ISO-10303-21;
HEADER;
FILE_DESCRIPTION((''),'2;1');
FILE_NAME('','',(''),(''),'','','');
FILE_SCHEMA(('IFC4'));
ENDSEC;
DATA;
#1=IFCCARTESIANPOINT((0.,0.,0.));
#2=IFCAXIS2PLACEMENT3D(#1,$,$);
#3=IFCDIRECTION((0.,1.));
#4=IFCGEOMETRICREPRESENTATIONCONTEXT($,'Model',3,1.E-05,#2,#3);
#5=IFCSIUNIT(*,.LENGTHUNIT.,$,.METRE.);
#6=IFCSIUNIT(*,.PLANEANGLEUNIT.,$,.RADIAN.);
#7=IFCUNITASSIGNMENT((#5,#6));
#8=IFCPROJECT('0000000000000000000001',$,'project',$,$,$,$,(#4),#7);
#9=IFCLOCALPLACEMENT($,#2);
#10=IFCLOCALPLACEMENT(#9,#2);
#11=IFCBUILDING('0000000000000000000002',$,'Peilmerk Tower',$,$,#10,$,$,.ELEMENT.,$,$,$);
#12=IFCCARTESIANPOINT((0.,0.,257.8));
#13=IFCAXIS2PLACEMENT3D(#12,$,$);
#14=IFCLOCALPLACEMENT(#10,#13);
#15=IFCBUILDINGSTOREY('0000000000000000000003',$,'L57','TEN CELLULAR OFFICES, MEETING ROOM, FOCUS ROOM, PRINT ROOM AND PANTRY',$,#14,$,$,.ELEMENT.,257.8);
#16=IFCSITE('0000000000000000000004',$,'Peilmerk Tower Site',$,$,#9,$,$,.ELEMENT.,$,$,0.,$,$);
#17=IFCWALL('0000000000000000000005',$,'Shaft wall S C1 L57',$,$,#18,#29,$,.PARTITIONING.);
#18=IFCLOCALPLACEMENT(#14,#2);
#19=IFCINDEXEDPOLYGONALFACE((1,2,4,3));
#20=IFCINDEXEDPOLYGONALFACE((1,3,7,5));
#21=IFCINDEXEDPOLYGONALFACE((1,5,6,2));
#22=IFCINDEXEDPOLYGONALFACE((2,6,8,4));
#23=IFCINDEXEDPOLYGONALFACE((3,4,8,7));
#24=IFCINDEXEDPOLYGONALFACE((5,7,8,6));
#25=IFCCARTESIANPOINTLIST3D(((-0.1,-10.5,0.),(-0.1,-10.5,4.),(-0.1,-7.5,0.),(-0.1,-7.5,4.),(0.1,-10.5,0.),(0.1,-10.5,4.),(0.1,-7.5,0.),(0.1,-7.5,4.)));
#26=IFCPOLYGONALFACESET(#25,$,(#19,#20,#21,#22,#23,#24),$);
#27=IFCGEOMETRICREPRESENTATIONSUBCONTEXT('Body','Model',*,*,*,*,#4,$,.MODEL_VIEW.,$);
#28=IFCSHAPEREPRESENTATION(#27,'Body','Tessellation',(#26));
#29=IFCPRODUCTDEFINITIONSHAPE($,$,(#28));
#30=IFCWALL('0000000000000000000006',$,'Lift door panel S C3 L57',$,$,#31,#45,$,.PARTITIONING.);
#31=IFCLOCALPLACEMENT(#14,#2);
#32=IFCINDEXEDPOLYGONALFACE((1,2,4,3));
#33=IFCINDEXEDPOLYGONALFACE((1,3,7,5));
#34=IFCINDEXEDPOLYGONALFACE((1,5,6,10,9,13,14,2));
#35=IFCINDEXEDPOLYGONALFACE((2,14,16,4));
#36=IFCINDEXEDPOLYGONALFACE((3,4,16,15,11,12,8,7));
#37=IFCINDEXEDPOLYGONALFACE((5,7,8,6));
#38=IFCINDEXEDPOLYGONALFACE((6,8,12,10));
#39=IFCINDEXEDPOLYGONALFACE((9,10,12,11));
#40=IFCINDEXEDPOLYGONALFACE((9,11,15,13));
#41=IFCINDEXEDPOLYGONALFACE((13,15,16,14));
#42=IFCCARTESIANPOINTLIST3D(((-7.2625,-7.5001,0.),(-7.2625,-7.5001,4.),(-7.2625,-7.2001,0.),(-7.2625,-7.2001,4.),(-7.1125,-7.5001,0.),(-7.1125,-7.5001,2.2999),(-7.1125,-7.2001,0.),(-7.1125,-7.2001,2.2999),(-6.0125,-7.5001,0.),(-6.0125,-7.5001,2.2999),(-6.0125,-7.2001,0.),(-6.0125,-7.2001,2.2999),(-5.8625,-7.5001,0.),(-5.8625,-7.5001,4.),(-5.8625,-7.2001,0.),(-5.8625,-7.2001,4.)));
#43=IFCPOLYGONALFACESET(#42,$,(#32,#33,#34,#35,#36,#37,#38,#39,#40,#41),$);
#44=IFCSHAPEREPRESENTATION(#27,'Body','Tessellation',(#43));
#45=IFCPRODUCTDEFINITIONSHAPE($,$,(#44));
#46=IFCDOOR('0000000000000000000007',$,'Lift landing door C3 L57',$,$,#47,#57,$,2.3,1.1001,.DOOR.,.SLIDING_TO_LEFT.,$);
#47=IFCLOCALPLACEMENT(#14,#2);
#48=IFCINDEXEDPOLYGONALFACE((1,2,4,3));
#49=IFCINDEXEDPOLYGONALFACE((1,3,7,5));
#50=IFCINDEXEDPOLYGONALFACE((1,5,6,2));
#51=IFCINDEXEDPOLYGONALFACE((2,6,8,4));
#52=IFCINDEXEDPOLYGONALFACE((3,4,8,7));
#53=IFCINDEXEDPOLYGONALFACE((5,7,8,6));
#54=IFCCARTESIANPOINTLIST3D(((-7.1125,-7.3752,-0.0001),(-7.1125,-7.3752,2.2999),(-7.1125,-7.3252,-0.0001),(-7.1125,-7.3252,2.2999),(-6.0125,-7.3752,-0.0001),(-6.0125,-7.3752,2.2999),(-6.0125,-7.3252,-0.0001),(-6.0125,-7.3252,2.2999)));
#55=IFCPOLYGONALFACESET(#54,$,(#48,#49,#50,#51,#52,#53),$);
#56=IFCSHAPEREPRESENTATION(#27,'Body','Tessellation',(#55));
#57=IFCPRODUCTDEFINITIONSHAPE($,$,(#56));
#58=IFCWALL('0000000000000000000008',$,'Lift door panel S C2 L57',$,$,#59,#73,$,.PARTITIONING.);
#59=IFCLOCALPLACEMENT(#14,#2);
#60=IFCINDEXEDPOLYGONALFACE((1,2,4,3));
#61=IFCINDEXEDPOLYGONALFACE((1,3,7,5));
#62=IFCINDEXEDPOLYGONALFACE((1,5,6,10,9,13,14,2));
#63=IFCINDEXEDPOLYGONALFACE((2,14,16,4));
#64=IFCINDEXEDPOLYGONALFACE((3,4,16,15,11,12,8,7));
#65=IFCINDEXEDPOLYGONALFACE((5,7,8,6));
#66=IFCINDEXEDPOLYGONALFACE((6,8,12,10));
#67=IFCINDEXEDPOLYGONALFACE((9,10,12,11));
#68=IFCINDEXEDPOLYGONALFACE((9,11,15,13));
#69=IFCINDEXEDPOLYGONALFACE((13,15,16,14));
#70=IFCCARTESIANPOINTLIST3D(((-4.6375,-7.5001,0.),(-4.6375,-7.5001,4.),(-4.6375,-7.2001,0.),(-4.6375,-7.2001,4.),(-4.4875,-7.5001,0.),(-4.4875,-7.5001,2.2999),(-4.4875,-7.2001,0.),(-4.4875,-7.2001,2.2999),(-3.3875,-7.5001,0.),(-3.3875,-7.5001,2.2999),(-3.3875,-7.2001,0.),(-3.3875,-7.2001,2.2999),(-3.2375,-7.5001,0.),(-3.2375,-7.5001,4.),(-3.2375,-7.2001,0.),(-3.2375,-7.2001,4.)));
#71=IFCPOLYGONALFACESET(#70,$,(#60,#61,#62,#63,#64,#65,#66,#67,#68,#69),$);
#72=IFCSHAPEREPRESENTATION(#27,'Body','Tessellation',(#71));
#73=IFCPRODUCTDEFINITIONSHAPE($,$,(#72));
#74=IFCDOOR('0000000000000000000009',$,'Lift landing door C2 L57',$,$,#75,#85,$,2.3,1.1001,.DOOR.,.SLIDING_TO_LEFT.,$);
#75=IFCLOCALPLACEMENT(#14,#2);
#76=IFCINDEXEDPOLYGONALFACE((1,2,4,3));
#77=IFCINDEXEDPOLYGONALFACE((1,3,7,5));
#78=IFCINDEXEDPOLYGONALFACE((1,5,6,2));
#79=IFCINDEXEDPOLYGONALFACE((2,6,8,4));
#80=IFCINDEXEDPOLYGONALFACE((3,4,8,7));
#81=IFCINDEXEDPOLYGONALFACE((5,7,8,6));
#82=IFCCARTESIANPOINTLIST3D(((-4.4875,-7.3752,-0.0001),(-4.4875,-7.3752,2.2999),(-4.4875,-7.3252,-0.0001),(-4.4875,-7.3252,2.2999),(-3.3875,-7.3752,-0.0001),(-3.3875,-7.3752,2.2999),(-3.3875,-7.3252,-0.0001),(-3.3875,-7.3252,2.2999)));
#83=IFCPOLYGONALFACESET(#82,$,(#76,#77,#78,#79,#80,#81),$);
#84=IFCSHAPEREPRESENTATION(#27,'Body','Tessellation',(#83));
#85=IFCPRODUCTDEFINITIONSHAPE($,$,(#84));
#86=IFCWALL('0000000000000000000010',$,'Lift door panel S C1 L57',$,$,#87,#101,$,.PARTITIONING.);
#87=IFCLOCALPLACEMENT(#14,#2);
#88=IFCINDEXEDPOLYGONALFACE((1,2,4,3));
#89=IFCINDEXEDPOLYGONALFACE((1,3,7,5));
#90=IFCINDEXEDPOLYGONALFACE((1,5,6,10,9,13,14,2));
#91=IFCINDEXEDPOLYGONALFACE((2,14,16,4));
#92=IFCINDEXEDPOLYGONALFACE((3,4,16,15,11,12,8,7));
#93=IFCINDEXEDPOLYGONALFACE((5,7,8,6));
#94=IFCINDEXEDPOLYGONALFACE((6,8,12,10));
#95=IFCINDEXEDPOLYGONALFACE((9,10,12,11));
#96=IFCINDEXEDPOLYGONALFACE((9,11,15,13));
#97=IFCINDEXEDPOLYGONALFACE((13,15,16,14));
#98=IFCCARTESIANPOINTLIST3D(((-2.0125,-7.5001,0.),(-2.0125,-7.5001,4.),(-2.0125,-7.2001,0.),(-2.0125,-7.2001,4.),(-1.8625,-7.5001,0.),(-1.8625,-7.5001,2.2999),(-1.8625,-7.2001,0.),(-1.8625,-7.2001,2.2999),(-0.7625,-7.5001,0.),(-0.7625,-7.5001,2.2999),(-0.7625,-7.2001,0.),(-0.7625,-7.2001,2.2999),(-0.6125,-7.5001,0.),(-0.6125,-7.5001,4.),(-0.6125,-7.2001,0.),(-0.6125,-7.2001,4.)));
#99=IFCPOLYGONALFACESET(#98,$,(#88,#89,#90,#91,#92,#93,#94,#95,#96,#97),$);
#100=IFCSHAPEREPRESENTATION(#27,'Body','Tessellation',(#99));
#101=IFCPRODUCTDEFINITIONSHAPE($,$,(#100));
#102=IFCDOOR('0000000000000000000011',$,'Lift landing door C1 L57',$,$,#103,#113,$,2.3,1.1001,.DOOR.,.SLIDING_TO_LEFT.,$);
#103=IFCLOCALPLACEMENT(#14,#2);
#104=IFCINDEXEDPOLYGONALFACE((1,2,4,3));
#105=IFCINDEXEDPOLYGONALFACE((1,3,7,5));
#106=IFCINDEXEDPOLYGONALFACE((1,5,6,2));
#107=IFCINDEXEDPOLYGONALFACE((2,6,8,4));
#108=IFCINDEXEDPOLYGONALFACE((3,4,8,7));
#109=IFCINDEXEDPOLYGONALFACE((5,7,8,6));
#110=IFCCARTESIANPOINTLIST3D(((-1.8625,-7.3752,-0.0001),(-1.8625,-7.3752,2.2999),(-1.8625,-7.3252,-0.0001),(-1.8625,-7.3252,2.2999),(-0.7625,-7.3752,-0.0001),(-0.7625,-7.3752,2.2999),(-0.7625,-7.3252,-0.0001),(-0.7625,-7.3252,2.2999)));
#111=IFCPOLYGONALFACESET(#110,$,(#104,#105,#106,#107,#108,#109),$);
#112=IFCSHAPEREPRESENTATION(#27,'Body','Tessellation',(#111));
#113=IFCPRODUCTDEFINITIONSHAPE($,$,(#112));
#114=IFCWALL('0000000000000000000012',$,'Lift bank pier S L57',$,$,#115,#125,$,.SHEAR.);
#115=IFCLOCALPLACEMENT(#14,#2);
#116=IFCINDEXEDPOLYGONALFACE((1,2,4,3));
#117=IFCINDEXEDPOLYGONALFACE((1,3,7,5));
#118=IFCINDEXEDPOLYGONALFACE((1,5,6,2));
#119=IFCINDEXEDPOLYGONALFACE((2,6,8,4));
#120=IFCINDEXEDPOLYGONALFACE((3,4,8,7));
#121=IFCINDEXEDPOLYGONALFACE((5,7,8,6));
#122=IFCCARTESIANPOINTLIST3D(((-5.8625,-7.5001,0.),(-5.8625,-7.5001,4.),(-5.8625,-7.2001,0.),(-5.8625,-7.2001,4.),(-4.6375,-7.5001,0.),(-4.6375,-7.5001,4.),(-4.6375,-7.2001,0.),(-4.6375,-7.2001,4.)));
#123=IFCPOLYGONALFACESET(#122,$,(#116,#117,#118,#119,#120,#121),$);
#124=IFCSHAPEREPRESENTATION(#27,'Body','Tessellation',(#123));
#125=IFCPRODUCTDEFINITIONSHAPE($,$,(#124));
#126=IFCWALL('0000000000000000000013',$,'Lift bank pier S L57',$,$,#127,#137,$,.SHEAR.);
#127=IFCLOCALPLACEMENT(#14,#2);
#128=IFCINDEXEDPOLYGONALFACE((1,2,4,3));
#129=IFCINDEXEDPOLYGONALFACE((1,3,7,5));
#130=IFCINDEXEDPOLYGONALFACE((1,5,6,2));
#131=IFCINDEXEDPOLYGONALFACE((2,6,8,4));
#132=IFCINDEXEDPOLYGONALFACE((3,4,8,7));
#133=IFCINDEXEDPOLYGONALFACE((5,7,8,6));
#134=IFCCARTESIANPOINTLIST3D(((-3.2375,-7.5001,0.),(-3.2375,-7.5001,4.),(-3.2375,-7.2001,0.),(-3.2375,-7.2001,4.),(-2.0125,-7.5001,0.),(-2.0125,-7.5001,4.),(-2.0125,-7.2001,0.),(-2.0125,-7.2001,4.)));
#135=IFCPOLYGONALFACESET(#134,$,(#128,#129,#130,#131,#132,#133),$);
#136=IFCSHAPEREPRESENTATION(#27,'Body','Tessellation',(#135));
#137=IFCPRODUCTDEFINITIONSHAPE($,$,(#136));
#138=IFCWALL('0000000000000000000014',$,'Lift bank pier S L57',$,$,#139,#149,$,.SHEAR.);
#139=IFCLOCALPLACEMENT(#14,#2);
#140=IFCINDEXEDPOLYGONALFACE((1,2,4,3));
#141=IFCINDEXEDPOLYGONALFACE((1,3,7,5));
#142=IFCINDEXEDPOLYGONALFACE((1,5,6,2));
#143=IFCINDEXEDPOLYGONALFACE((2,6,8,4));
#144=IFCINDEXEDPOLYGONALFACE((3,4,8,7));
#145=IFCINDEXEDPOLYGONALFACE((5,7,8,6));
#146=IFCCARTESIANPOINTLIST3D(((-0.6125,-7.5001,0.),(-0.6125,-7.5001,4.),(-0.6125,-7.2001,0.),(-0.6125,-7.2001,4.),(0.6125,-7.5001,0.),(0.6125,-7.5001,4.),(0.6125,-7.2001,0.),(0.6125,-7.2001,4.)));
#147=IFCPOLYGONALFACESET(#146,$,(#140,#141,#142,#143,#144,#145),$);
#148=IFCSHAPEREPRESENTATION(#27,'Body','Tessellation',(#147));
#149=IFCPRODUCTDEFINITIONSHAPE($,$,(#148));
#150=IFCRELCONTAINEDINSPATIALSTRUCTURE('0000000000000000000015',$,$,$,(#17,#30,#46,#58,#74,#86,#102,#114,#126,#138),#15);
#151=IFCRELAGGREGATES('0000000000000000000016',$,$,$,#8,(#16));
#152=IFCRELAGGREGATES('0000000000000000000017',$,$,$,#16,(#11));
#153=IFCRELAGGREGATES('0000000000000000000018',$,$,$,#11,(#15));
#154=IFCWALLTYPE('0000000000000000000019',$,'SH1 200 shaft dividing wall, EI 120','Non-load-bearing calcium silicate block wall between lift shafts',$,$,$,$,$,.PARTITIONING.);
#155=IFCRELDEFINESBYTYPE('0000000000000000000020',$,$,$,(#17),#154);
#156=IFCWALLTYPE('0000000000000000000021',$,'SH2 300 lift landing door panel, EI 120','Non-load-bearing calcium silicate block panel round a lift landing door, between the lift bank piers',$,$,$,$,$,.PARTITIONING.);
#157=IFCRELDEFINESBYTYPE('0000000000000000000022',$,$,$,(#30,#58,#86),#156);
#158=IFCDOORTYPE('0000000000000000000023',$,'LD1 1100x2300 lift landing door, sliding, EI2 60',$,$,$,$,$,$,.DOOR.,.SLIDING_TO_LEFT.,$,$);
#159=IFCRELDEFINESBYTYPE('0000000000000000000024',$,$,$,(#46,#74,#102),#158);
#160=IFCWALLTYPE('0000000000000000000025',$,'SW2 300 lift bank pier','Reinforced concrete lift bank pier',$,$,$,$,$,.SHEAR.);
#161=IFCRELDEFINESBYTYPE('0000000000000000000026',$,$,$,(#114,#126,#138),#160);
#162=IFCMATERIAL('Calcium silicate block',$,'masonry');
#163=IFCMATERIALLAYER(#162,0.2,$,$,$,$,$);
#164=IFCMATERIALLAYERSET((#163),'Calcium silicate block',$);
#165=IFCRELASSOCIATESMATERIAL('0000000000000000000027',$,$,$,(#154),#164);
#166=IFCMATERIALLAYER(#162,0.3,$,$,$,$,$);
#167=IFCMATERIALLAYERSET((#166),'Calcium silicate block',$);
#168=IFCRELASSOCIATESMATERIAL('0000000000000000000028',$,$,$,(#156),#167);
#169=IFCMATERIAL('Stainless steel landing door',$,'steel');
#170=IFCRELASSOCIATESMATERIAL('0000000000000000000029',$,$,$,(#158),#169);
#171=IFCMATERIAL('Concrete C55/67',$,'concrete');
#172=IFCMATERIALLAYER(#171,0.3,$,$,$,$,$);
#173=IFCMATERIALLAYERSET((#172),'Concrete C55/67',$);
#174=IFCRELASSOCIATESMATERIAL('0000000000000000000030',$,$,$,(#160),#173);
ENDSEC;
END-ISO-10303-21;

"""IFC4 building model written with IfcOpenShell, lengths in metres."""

from ifc_helpers import new_model, si_unit, direction, frame, frame_2d, origin, place, context, subcontext, project, spatial, rectangle, extrude, material, layer, layer_set, type_object, element, fill, save


model = new_model("IFC4")

# Units and contexts
model_context = context("Model", 3, precision=1e-05, world=origin(), true_north=direction((0.0, 1.0)))
body_context = subcontext(model_context, "Body", "Model", "MODEL_VIEW")
ifc_project = project(units=[si_unit("LENGTHUNIT", "METRE"), si_unit("PLANEANGLEUNIT", "RADIAN")], contexts=[model_context])

# Site, building, storey
site_placement = place(None, origin())
site = spatial("IfcSite", under=ifc_project, at=site_placement, Name="Peilmerk Tower Site", CompositionType="ELEMENT", RefElevation=0.0)
building_placement = place(site_placement, origin())
building = spatial("IfcBuilding", under=site, at=building_placement, Name="Peilmerk Tower", CompositionType="ELEMENT")
storey_placement = place(building_placement, frame((0.0, 0.0, 257.8)))
storey = spatial("IfcBuildingStorey", under=building, at=storey_placement, Name="L57", Description="TEN CELLULAR OFFICES, MEETING ROOM, FOCUS ROOM, PRINT ROOM AND PANTRY", CompositionType="ELEMENT", Elevation=257.8)

# Wall
ifc_material_1 = material(Name="Calcium silicate block", Category="masonry")
ifc_layer_1 = layer(ifc_material_1, 0.2)
ifc_layer_set_1 = layer_set([ifc_layer_1], Name="Calcium silicate block")
wall_type_1 = type_object("IfcWallType", Name="SH1 200 shaft dividing wall, EI 120", Description="Non-load-bearing calcium silicate block wall between lift shafts", PredefinedType="PARTITIONING", material=ifc_layer_set_1)
for number, where, z_axis, x_axis, name in (
    (1, (0.0, -10.5, 0.0), (0.0, 0.0, 1.0), (0.0, 1.0, 0.0), "Shaft wall S C1 L57"),
):
    element("IfcWall", number, at=place(storey_placement, frame(where, z_axis=z_axis, x_axis=x_axis)), inside=storey, type_object=wall_type_1, Name=name, PredefinedType="PARTITIONING", context=body_context, shape_type="SweptSolid", body=[
        extrude(rectangle(XDim=3.0, YDim=0.2, at=frame_2d((1.5, 0.0))), origin(), (0.0, 0.0, 1.0), 4.0),
    ])

# Walls, openings, doors
ifc_layer_2 = layer(ifc_material_1, 0.3)
ifc_layer_set_2 = layer_set([ifc_layer_2], Name="Calcium silicate block")
wall_type_2 = type_object("IfcWallType", Name="SH2 300 lift landing door panel, EI 120", Description="Non-load-bearing calcium silicate block panel round a lift landing door, between the lift bank piers", PredefinedType="PARTITIONING", material=ifc_layer_set_2)
wall_1_placement = place(storey_placement, frame((-7.2625, -7.3501, 0.0), z_axis=(0.0, 0.0, 1.0), x_axis=(1.0, 0.0, 0.0)))
wall_1 = element("IfcWall", 2, at=wall_1_placement, inside=storey, type_object=wall_type_2, Name="Lift door panel S C3 L57", PredefinedType="PARTITIONING", context=body_context, shape_type="SweptSolid", body=[
    extrude(rectangle(XDim=1.3999, YDim=0.3, at=frame_2d((0.7, 0.0))), origin(), (0.0, 0.0, 1.0), 4.0),
])
opening_1_placement = place(wall_1_placement, frame((0.1499, 0.0, 0.0)))
opening_1 = element("IfcOpeningElement", 3, at=opening_1_placement, cuts=wall_1, PredefinedType="OPENING", context=body_context, shape_type="SweptSolid", body=[
    extrude(rectangle(XDim=1.1001, YDim=2.3, at=frame_2d((0.55, 1.1499))), frame((0.0, 0.1599, 0.0), z_axis=(0.0, -1.0, 0.0), x_axis=(1.0, 0.0, 0.0)), (0.0, 0.0, 1.0), 0.3201),
])
ifc_material_2 = material(Name="Stainless steel landing door", Category="steel")
door_type = type_object("IfcDoorType", Name="LD1 1100x2300 lift landing door, sliding, EI2 60", OperationType="SLIDING_TO_LEFT", PredefinedType="DOOR", material=ifc_material_2)
door_1_placement = place(opening_1_placement, origin())
door_1 = element("IfcDoor", 4, at=door_1_placement, inside=storey, type_object=door_type, Name="Lift landing door C3 L57", OperationType="SLIDING_TO_LEFT", OverallHeight=2.3, OverallWidth=1.1001, PredefinedType="DOOR", context=body_context, shape_type="SweptSolid", body=[
    extrude(rectangle(XDim=1.1001, YDim=2.3, at=frame_2d((0.55, 1.1499))), frame((0.0, 0.0249, 0.0), z_axis=(0.0, -1.0, 0.0), x_axis=(1.0, 0.0, 0.0)), (0.0, 0.0, 1.0), 0.05),
])
fill(opening_1, door_1)
wall_2_placement = place(storey_placement, frame((-4.6375, -7.3501, 0.0), z_axis=(0.0, 0.0, 1.0), x_axis=(1.0, 0.0, 0.0)))
wall_2 = element("IfcWall", 5, at=wall_2_placement, inside=storey, type_object=wall_type_2, Name="Lift door panel S C2 L57", PredefinedType="PARTITIONING", context=body_context, shape_type="SweptSolid", body=[
    extrude(rectangle(XDim=1.3999, YDim=0.3, at=frame_2d((0.7, 0.0))), origin(), (0.0, 0.0, 1.0), 4.0),
])
opening_2_placement = place(wall_2_placement, frame((0.1499, 0.0, 0.0)))
opening_2 = element("IfcOpeningElement", 6, at=opening_2_placement, cuts=wall_2, PredefinedType="OPENING", context=body_context, shape_type="SweptSolid", body=[
    extrude(rectangle(XDim=1.1001, YDim=2.3, at=frame_2d((0.55, 1.1499))), frame((0.0, 0.1599, 0.0), z_axis=(0.0, -1.0, 0.0), x_axis=(1.0, 0.0, 0.0)), (0.0, 0.0, 1.0), 0.3201),
])
door_2_placement = place(opening_2_placement, origin())
door_2 = element("IfcDoor", 7, at=door_2_placement, inside=storey, type_object=door_type, Name="Lift landing door C2 L57", OperationType="SLIDING_TO_LEFT", OverallHeight=2.3, OverallWidth=1.1001, PredefinedType="DOOR", context=body_context, shape_type="SweptSolid", body=[
    extrude(rectangle(XDim=1.1001, YDim=2.3, at=frame_2d((0.55, 1.1499))), frame((0.0, 0.0249, 0.0), z_axis=(0.0, -1.0, 0.0), x_axis=(1.0, 0.0, 0.0)), (0.0, 0.0, 1.0), 0.05),
])
fill(opening_2, door_2)
wall_3_placement = place(storey_placement, frame((-2.0125, -7.3501, 0.0), z_axis=(0.0, 0.0, 1.0), x_axis=(1.0, 0.0, 0.0)))
wall_3 = element("IfcWall", 8, at=wall_3_placement, inside=storey, type_object=wall_type_2, Name="Lift door panel S C1 L57", PredefinedType="PARTITIONING", context=body_context, shape_type="SweptSolid", body=[
    extrude(rectangle(XDim=1.3999, YDim=0.3, at=frame_2d((0.7, 0.0))), origin(), (0.0, 0.0, 1.0), 4.0),
])
opening_3_placement = place(wall_3_placement, frame((0.1499, 0.0, 0.0)))
opening_3 = element("IfcOpeningElement", 9, at=opening_3_placement, cuts=wall_3, PredefinedType="OPENING", context=body_context, shape_type="SweptSolid", body=[
    extrude(rectangle(XDim=1.1001, YDim=2.3, at=frame_2d((0.55, 1.1499))), frame((0.0, 0.1599, 0.0), z_axis=(0.0, -1.0, 0.0), x_axis=(1.0, 0.0, 0.0)), (0.0, 0.0, 1.0), 0.3201),
])
door_3_placement = place(opening_3_placement, origin())
door_3 = element("IfcDoor", 10, at=door_3_placement, inside=storey, type_object=door_type, Name="Lift landing door C1 L57", OperationType="SLIDING_TO_LEFT", OverallHeight=2.3, OverallWidth=1.1001, PredefinedType="DOOR", context=body_context, shape_type="SweptSolid", body=[
    extrude(rectangle(XDim=1.1001, YDim=2.3, at=frame_2d((0.55, 1.1499))), frame((0.0, 0.0249, 0.0), z_axis=(0.0, -1.0, 0.0), x_axis=(1.0, 0.0, 0.0)), (0.0, 0.0, 1.0), 0.05),
])
fill(opening_3, door_3)

# Walls
ifc_material_3 = material(Name="Concrete C55/67", Category="concrete")
ifc_layer_3 = layer(ifc_material_3, 0.3)
ifc_layer_set_3 = layer_set([ifc_layer_3], Name="Concrete C55/67")
wall_type_3 = type_object("IfcWallType", Name="SW2 300 lift bank pier", Description="Reinforced concrete lift bank pier", PredefinedType="SHEAR", material=ifc_layer_set_3)
for number, where, z_axis, x_axis, name in (
    (11, (-5.8625, -7.3501, 0.0), (0.0, 0.0, 1.0), (1.0, 0.0, 0.0), "Lift bank pier S L57"),
    (12, (-3.2375, -7.3501, 0.0), (0.0, 0.0, 1.0), (1.0, 0.0, 0.0), "Lift bank pier S L57"),
    (13, (-0.6125, -7.3501, 0.0), (0.0, 0.0, 1.0), (1.0, 0.0, 0.0), "Lift bank pier S L57"),
):
    element("IfcWall", number, at=place(storey_placement, frame(where, z_axis=z_axis, x_axis=x_axis)), inside=storey, type_object=wall_type_3, Name=name, PredefinedType="SHEAR", context=body_context, shape_type="SweptSolid", body=[
        extrude(rectangle(XDim=1.2251, YDim=0.3, at=frame_2d((0.6125, 0.0))), origin(), (0.0, 0.0, 1.0), 4.0),
    ])

save(model, "model.ifc")
